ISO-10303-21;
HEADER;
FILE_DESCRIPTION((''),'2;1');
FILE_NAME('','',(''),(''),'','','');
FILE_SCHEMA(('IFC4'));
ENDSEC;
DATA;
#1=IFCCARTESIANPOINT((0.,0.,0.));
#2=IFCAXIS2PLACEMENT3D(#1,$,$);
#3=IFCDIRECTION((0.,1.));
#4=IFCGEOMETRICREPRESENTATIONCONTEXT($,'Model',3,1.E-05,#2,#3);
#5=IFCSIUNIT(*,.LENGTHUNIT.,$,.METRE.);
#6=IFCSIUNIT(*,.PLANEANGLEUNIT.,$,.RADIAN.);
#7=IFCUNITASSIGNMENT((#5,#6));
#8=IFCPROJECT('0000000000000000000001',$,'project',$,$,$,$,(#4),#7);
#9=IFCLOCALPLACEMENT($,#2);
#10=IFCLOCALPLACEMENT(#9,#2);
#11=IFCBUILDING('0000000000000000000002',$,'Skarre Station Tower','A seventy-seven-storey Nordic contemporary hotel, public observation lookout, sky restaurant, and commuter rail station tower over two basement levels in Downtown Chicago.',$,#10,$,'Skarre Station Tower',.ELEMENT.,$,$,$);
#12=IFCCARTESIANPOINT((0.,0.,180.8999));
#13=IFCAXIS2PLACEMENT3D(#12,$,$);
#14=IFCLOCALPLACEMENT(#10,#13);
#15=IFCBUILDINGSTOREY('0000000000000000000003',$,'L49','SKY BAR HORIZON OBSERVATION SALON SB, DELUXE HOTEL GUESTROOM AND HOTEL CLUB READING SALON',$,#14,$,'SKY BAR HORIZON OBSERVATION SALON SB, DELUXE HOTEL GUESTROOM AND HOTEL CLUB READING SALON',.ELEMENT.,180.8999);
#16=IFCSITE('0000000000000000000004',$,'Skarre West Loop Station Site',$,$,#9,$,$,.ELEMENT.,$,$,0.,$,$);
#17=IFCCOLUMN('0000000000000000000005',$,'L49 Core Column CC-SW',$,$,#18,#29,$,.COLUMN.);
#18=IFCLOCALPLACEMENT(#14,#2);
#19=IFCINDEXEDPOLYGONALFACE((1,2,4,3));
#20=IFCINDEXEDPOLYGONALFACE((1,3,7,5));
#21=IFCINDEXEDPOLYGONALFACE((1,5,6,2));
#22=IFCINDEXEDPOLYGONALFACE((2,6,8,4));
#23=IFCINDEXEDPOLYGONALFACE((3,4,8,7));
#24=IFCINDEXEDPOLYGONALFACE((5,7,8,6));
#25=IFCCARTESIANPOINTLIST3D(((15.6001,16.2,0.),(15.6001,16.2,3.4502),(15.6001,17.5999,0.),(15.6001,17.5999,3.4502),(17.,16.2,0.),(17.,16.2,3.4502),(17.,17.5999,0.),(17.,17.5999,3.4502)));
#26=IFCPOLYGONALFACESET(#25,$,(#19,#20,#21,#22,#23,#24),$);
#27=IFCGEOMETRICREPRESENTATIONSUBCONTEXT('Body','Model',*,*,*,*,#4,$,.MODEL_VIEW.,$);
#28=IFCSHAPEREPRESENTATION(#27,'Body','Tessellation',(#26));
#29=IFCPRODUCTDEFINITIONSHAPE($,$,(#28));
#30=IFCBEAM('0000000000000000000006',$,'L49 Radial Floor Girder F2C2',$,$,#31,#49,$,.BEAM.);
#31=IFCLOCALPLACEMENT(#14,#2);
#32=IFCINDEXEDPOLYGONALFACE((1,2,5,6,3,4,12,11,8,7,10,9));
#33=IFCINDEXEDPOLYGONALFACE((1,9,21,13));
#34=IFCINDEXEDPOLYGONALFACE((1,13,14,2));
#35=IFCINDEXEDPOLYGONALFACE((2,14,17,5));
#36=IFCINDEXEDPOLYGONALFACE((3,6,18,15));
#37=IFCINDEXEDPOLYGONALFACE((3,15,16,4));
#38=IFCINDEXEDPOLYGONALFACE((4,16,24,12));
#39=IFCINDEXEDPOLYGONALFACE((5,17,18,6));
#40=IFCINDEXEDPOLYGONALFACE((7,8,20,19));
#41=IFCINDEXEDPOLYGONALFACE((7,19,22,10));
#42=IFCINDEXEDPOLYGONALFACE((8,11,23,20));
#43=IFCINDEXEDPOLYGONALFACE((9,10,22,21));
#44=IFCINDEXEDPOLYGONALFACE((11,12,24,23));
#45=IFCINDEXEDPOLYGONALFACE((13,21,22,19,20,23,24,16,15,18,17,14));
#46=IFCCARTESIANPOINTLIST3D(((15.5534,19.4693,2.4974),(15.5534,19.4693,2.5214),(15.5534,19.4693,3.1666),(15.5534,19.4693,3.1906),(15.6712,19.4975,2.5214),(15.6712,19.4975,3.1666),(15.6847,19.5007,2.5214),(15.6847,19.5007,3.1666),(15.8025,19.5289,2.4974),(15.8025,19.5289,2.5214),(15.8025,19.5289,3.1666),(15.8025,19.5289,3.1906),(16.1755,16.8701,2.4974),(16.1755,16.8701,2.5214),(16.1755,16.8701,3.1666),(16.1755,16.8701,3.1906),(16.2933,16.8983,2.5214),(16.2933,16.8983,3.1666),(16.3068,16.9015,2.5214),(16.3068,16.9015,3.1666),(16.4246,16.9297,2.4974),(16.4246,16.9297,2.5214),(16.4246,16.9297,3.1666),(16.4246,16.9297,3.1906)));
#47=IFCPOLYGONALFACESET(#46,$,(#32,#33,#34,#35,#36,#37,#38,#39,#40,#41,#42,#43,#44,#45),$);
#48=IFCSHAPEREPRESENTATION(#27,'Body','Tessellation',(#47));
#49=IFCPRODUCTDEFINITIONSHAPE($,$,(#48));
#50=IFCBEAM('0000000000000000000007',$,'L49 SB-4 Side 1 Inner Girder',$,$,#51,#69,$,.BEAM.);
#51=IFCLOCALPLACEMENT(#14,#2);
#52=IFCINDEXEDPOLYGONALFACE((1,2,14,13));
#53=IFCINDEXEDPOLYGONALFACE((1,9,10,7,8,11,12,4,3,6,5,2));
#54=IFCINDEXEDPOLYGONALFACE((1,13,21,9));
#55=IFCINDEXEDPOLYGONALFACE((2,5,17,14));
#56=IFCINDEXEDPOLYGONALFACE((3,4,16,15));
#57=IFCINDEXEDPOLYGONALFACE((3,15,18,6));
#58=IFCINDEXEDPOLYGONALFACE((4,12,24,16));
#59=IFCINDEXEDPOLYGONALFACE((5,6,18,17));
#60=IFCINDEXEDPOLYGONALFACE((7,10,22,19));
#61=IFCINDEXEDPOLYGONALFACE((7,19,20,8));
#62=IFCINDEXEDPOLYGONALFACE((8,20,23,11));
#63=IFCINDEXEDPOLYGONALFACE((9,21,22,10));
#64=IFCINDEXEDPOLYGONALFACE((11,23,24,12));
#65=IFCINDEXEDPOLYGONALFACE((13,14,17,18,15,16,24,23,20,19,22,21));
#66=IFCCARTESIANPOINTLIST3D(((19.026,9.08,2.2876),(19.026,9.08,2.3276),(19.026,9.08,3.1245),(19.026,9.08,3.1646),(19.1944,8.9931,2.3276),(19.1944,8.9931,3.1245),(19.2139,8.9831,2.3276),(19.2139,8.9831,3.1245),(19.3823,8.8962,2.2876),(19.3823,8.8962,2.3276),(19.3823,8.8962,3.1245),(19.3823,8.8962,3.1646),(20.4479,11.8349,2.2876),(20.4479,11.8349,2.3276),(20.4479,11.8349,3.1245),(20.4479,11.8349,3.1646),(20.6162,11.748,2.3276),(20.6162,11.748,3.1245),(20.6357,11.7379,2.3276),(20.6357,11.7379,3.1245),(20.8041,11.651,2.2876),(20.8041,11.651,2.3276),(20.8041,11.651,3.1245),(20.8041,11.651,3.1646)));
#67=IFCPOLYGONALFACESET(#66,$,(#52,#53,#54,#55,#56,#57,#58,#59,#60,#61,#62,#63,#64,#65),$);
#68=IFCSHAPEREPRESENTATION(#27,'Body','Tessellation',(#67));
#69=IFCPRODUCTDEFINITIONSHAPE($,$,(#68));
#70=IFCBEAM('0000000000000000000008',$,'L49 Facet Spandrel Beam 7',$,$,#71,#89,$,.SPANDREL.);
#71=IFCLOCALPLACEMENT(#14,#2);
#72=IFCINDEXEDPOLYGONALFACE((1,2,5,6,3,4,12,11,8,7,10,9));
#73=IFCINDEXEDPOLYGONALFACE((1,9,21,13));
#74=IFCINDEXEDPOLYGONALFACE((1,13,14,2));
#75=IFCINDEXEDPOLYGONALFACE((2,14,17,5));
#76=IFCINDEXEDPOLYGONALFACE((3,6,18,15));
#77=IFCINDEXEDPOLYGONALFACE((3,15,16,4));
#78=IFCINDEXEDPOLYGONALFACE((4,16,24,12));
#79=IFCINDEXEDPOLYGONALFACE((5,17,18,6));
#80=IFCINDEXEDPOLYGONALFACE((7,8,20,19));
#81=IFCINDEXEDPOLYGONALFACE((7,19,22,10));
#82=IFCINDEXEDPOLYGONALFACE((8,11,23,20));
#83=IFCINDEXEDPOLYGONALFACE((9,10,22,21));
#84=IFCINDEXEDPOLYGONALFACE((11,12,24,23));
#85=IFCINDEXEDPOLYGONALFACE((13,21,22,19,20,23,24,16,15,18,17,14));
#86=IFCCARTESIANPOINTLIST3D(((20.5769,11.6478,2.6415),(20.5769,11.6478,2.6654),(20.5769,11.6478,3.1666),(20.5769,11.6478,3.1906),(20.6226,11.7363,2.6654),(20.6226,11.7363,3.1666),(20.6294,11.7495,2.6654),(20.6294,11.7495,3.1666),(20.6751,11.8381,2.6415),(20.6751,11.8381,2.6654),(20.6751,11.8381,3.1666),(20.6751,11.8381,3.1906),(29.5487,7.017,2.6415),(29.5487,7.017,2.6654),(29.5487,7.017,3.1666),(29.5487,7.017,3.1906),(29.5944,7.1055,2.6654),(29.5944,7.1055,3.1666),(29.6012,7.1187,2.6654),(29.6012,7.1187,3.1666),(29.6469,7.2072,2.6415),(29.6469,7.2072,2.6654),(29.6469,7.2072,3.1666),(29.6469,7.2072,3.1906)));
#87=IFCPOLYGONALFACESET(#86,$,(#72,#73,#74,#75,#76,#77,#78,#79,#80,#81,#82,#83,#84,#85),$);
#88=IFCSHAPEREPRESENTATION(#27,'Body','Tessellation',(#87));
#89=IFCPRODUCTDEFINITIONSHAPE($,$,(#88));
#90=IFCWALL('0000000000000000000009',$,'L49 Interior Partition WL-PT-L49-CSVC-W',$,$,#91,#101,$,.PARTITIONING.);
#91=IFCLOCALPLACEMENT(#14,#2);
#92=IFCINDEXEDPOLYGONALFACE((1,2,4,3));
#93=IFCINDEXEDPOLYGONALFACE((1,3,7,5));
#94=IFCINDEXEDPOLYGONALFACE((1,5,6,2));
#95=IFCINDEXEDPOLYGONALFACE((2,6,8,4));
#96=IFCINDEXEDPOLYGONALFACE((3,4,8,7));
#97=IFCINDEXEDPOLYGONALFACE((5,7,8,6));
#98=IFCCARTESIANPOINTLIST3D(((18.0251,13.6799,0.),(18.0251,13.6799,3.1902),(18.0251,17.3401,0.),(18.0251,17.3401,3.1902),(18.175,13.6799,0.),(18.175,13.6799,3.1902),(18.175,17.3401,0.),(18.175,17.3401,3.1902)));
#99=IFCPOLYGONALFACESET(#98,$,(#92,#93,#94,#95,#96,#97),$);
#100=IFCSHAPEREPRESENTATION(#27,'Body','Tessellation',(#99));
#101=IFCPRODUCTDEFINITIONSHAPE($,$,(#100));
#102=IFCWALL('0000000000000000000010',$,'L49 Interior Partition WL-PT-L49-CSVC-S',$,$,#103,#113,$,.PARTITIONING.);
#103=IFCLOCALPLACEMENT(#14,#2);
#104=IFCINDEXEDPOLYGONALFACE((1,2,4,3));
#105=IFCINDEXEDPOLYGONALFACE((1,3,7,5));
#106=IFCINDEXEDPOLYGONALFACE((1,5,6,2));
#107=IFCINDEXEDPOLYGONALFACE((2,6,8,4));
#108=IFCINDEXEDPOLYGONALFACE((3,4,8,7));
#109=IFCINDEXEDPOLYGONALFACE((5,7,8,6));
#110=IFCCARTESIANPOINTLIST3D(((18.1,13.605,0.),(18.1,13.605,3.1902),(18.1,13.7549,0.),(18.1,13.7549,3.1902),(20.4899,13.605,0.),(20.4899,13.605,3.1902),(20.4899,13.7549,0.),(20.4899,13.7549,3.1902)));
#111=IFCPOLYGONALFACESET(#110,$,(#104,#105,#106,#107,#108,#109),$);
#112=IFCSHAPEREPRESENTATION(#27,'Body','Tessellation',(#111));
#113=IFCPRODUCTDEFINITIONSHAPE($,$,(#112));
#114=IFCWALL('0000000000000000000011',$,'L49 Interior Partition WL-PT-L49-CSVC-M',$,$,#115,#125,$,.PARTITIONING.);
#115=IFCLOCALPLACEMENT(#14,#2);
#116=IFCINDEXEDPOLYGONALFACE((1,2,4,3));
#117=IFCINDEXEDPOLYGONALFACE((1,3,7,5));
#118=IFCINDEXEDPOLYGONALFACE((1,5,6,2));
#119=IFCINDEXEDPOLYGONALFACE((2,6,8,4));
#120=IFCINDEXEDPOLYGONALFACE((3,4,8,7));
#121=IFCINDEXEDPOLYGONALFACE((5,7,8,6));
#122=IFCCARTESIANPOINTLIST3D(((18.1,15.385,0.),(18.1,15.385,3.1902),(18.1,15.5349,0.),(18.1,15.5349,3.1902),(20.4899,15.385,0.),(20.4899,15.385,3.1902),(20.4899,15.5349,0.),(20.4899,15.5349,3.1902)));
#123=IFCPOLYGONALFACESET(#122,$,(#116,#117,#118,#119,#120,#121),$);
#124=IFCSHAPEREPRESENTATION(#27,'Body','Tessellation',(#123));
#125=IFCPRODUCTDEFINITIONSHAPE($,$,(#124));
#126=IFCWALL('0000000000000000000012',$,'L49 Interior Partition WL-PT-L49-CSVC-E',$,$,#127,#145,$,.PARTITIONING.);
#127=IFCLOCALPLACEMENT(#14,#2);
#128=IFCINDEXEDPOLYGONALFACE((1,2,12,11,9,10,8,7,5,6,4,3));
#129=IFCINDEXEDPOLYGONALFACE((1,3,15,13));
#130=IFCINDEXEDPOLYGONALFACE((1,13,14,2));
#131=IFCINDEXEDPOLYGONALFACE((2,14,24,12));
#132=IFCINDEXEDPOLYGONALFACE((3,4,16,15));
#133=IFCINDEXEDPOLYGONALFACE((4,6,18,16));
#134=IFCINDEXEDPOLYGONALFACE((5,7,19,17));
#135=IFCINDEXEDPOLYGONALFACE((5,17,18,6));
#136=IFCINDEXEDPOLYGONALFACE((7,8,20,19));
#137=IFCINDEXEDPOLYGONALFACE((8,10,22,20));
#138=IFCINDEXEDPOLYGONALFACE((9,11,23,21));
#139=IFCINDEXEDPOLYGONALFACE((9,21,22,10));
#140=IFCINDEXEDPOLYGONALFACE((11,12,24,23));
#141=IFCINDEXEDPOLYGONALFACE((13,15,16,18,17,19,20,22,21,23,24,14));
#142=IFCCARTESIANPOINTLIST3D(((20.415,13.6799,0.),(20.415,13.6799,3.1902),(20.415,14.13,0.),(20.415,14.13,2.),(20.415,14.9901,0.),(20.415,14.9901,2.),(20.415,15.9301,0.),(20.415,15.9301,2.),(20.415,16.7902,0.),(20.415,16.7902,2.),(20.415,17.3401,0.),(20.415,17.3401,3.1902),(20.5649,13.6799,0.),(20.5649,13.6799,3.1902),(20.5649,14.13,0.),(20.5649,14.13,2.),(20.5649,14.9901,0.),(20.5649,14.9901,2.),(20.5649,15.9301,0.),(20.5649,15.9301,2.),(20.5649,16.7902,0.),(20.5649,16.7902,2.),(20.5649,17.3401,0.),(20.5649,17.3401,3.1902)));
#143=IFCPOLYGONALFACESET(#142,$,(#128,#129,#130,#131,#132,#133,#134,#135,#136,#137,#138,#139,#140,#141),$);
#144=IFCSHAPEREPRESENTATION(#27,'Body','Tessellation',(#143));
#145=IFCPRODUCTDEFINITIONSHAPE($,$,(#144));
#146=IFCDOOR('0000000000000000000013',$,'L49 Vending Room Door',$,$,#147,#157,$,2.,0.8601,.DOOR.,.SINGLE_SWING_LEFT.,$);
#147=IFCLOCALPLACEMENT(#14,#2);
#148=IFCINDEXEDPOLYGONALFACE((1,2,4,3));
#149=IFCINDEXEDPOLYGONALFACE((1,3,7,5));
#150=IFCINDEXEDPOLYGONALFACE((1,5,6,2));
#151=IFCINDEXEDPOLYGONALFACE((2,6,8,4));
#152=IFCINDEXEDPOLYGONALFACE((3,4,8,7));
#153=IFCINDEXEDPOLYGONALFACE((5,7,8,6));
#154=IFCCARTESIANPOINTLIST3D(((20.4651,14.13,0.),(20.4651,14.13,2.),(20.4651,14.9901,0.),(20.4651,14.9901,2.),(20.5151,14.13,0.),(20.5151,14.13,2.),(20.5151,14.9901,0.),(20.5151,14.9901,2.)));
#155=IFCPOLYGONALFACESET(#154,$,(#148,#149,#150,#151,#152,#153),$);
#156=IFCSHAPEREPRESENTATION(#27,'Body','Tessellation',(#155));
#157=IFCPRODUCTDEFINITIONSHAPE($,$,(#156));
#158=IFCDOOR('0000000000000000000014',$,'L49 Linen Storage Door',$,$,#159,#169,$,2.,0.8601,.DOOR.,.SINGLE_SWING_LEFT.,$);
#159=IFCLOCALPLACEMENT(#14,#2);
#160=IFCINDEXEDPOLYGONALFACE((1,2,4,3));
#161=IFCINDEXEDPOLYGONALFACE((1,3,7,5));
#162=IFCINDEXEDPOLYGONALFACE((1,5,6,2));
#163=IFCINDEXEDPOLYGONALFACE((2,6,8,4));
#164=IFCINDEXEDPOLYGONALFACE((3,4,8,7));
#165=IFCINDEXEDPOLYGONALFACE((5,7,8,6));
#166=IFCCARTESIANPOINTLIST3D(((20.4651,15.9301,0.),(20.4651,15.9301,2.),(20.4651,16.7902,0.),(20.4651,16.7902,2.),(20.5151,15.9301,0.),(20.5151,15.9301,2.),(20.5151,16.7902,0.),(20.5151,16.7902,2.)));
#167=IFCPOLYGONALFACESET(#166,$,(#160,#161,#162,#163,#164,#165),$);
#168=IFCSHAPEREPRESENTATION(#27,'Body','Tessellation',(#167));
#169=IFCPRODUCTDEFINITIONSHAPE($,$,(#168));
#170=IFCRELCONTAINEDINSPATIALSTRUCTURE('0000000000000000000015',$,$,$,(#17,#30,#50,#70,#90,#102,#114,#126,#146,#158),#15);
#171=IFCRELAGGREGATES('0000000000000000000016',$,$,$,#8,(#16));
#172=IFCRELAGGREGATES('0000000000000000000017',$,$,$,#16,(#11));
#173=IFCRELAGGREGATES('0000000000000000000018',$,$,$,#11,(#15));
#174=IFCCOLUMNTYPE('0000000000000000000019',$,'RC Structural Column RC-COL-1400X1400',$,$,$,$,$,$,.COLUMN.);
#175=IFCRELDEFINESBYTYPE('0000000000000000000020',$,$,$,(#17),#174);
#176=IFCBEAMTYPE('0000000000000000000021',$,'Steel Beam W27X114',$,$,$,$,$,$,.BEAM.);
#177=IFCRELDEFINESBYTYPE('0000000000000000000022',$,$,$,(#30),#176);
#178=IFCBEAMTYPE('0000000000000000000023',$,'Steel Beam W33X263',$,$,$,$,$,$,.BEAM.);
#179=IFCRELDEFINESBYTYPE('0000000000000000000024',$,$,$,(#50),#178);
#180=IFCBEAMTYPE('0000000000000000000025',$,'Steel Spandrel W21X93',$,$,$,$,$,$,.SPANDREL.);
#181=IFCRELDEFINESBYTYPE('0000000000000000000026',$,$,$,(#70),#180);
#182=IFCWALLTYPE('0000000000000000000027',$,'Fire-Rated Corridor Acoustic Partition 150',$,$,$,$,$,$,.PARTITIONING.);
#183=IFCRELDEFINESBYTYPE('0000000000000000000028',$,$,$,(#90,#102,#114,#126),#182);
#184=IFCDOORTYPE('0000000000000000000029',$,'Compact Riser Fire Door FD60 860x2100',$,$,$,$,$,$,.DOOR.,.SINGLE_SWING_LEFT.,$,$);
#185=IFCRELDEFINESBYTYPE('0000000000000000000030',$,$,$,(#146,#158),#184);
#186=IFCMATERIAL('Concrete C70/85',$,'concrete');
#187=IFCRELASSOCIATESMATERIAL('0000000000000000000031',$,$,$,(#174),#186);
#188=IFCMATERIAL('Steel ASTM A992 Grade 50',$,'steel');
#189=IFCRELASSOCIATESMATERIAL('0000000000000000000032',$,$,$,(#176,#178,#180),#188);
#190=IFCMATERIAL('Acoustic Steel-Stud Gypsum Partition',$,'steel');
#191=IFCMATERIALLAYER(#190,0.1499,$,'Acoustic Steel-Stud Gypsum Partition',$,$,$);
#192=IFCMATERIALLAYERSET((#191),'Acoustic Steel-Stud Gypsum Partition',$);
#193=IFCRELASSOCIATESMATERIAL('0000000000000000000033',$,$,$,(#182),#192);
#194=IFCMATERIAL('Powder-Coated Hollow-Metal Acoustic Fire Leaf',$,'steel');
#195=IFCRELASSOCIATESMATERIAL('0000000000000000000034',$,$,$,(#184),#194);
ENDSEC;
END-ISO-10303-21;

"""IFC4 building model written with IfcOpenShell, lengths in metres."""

from ifc_helpers import new_model, si_unit, direction, frame, frame_2d, origin, origin_2d, place, context, subcontext, project, spatial, rectangle, i_section, extrude, material, layer, layer_set, material_profile, profile_set, type_object, element, fill, save


model = new_model("IFC4")

# Units and contexts
model_context = context("Model", 3, precision=1e-05, world=origin(), true_north=direction((0.0, 1.0)))
body_context = subcontext(model_context, "Body", "Model", "MODEL_VIEW")
ifc_project = project(units=[si_unit("LENGTHUNIT", "METRE"), si_unit("PLANEANGLEUNIT", "RADIAN")], contexts=[model_context])

# Site, building, storey
site_placement = place(None, origin())
site = spatial("IfcSite", under=ifc_project, at=site_placement, Name="Skarre West Loop Station Site", CompositionType="ELEMENT", RefElevation=0.0)
building_placement = place(site_placement, origin())
building = spatial("IfcBuilding", under=site, at=building_placement, Name="Skarre Station Tower", Description="A seventy-seven-storey Nordic contemporary hotel, public observation lookout, sky restaurant, and commuter rail station tower over two basement levels in Downtown Chicago.", LongName="Skarre Station Tower", CompositionType="ELEMENT")
storey_placement = place(building_placement, frame((0.0, 0.0, 180.8999)))
storey = spatial("IfcBuildingStorey", under=building, at=storey_placement, Name="L49", Description="SKY BAR HORIZON OBSERVATION SALON SB, DELUXE HOTEL GUESTROOM AND HOTEL CLUB READING SALON", LongName="SKY BAR HORIZON OBSERVATION SALON SB, DELUXE HOTEL GUESTROOM AND HOTEL CLUB READING SALON", CompositionType="ELEMENT", Elevation=180.8999)

# Column
ifc_material_1 = material(Name="Concrete C70/85", Category="concrete")
ifc_material_profile_1 = material_profile(ifc_material_1, rectangle(XDim=1.3999, YDim=1.3999, at=origin_2d()), Name="Concrete C70/85")
ifc_profile_set_1 = profile_set([ifc_material_profile_1], Name="Concrete C70/85")
column_type = type_object("IfcColumnType", Name="RC Structural Column RC-COL-1400X1400", PredefinedType="COLUMN", material=ifc_profile_set_1)
column_placement = place(storey_placement, frame((16.3, 16.8999, 0.0), z_axis=(0.0, 0.0, 1.0), x_axis=(1.0, 0.0, 0.0)))
element("IfcColumn", 1, at=column_placement, inside=storey, type_object=column_type, Name="L49 Core Column CC-SW", PredefinedType="COLUMN", context=body_context, shape_type="SweptSolid", body=[
    extrude(rectangle(XDim=1.3999, YDim=1.3999, at=origin_2d()), origin(), (0.0, 0.0, 1.0), 3.4502),
])

# Beams
ifc_material_2 = material(Name="Steel ASTM A992 Grade 50", Category="steel")
ifc_material_profile_2 = material_profile(ifc_material_2, i_section(OverallWidth=0.2561, OverallDepth=0.6931, WebThickness=0.0139, FlangeThickness=0.0239, at=origin_2d()), Name="Steel ASTM A992 Grade 50")
ifc_profile_set_2 = profile_set([ifc_material_profile_2], Name="Steel ASTM A992 Grade 50")
beam_type_1 = type_object("IfcBeamType", Name="Steel Beam W27X114", PredefinedType="BEAM", material=ifc_profile_set_2)
beam_1_placement = place(storey_placement, frame((16.3, 16.8999, 2.844), z_axis=(-0.232765, 0.972533, 0.0), x_axis=(-0.972533, -0.232765, 0.0)))
element("IfcBeam", 2, at=beam_1_placement, inside=storey, type_object=beam_type_1, Name="L49 Radial Floor Girder F2C2", PredefinedType="BEAM", context=body_context, shape_type="SweptSolid", body=[
    extrude(i_section(OverallWidth=0.2561, OverallDepth=0.6931, WebThickness=0.0139, FlangeThickness=0.0239, at=origin_2d()), origin(), (0.0, 0.0, 1.0), 2.6726),
])
ifc_material_profile_3 = material_profile(ifc_material_2, i_section(OverallWidth=0.4009, OverallDepth=0.877, WebThickness=0.022, FlangeThickness=0.04, at=origin_2d()), Name="Steel ASTM A992 Grade 50")
ifc_profile_set_3 = profile_set([ifc_material_profile_3], Name="Steel ASTM A992 Grade 50")
beam_type_2 = type_object("IfcBeamType", Name="Steel Beam W33X263", PredefinedType="BEAM", material=ifc_profile_set_3)
beam_2_placement = place(storey_placement, frame((20.626, 11.7429, 2.7261), z_axis=(-0.458643, -0.888621, 0.0), x_axis=(0.888621, -0.458643, 0.0)))
element("IfcBeam", 3, at=beam_2_placement, inside=storey, type_object=beam_type_2, Name="L49 SB-4 Side 1 Inner Girder", PredefinedType="BEAM", context=body_context, shape_type="SweptSolid", body=[
    extrude(i_section(OverallWidth=0.4009, OverallDepth=0.877, WebThickness=0.022, FlangeThickness=0.04, at=origin_2d()), origin(), (0.0, 0.0, 1.0), 3.1001),
])
ifc_material_profile_4 = material_profile(ifc_material_2, i_section(OverallWidth=0.2141, OverallDepth=0.5491, WebThickness=0.0149, FlangeThickness=0.0239, at=origin_2d()), Name="Steel ASTM A992 Grade 50")
ifc_profile_set_4 = profile_set([ifc_material_profile_4], Name="Steel ASTM A992 Grade 50")
beam_type_3 = type_object("IfcBeamType", Name="Steel Spandrel W21X93", PredefinedType="SPANDREL", material=ifc_profile_set_4)
beam_3_placement = place(storey_placement, frame((20.626, 11.7429, 2.916), z_axis=(0.888613, -0.458658, 0.0), x_axis=(0.458658, 0.888613, 0.0)))
element("IfcBeam", 4, at=beam_3_placement, inside=storey, type_object=beam_type_3, Name="L49 Facet Spandrel Beam 7", PredefinedType="SPANDREL", context=body_context, shape_type="SweptSolid", body=[
    extrude(i_section(OverallWidth=0.2141, OverallDepth=0.5491, WebThickness=0.0149, FlangeThickness=0.0239, at=origin_2d()), origin(), (0.0, 0.0, 1.0), 10.0964),
])

# Walls
ifc_material_3 = material(Name="Acoustic Steel-Stud Gypsum Partition", Category="steel")
ifc_layer_1 = layer(ifc_material_3, 0.1499, Name="Acoustic Steel-Stud Gypsum Partition")
ifc_layer_set_1 = layer_set([ifc_layer_1], Name="Acoustic Steel-Stud Gypsum Partition")
wall_type_1 = type_object("IfcWallType", Name="Fire-Rated Corridor Acoustic Partition 150", PredefinedType="PARTITIONING", material=ifc_layer_set_1)
wall_1_placement = place(storey_placement, frame((18.1001, 17.3401, 0.0), z_axis=(0.0, 0.0, 1.0), x_axis=(0.0, -1.0, 0.0)))
element("IfcWall", 5, at=wall_1_placement, inside=storey, type_object=wall_type_1, Name="L49 Interior Partition WL-PT-L49-CSVC-W", PredefinedType="PARTITIONING", context=body_context, shape_type="SweptSolid", body=[
    extrude(rectangle(XDim=3.6602, YDim=0.1499, at=frame_2d((1.8301, 0.0))), origin(), (0.0, 0.0, 1.0), 3.1902),
])
for number, where, z_axis, x_axis, name in (
    (6, (18.1001, 13.6799, 0.0), (0.0, 0.0, 1.0), (1.0, 0.0, 0.0), "L49 Interior Partition WL-PT-L49-CSVC-S"),
    (7, (18.1001, 15.46, 0.0), (0.0, 0.0, 1.0), (1.0, 0.0, 0.0), "L49 Interior Partition WL-PT-L49-CSVC-M"),
):
    element("IfcWall", number, at=place(storey_placement, frame(where, z_axis=z_axis, x_axis=x_axis)), inside=storey, type_object=wall_type_1, Name=name, PredefinedType="PARTITIONING", context=body_context, shape_type="SweptSolid", body=[
        extrude(rectangle(XDim=2.3899, YDim=0.1499, at=frame_2d((1.1948, 0.0))), origin(), (0.0, 0.0, 1.0), 3.1902),
    ])

# Wall, openings, doors
wall_2_placement = place(storey_placement, frame((20.49, 13.6799, 0.0), z_axis=(0.0, 0.0, 1.0), x_axis=(0.0, 1.0, 0.0)))
wall_2 = element("IfcWall", 8, at=wall_2_placement, inside=storey, type_object=wall_type_1, Name="L49 Interior Partition WL-PT-L49-CSVC-E", PredefinedType="PARTITIONING", context=body_context, shape_type="SweptSolid", body=[
    extrude(rectangle(XDim=3.6602, YDim=0.1499, at=frame_2d((1.8301, 0.0))), origin(), (0.0, 0.0, 1.0), 3.1902),
])
opening_1_placement = place(wall_2_placement, frame((0.45, 0.0, 0.0)))
opening_1 = element("IfcOpeningElement", 9, at=opening_1_placement, cuts=wall_2, PredefinedType="OPENING", context=body_context, shape_type="SweptSolid", body=[
    extrude(rectangle(XDim=0.8601, YDim=2.0, at=frame_2d((0.4302, 1.0))), frame((0.0, 0.085, 0.0), z_axis=(0.0, -1.0, 0.0), x_axis=(1.0, 0.0, 0.0)), (0.0, 0.0, 1.0), 0.1699),
])
opening_2_placement = place(wall_2_placement, frame((2.25, 0.0, 0.0)))
opening_2 = element("IfcOpeningElement", 10, at=opening_2_placement, cuts=wall_2, PredefinedType="OPENING", context=body_context, shape_type="SweptSolid", body=[
    extrude(rectangle(XDim=0.8601, YDim=2.0, at=frame_2d((0.4302, 1.0))), frame((0.0, 0.085, 0.0), z_axis=(0.0, -1.0, 0.0), x_axis=(1.0, 0.0, 0.0)), (0.0, 0.0, 1.0), 0.1699),
])
ifc_material_4 = material(Name="Powder-Coated Hollow-Metal Acoustic Fire Leaf", Category="steel")
door_type_1 = type_object("IfcDoorType", Name="Compact Riser Fire Door FD60 860x2100", OperationType="SINGLE_SWING_LEFT", PredefinedType="DOOR", material=ifc_material_4)
door_1_placement = place(opening_1_placement, origin())
door_1 = element("IfcDoor", 11, at=door_1_placement, inside=storey, type_object=door_type_1, Name="L49 Vending Room Door", OperationType="SINGLE_SWING_LEFT", OverallHeight=2.0, OverallWidth=0.8601, PredefinedType="DOOR", context=body_context, shape_type="SweptSolid", body=[
    extrude(rectangle(XDim=0.8601, YDim=2.0, at=frame_2d((0.4302, 1.0))), frame((0.0, 0.0249, 0.0), z_axis=(0.0, -1.0, 0.0), x_axis=(1.0, 0.0, 0.0)), (0.0, 0.0, 1.0), 0.05),
])
fill(opening_1, door_1)
door_2_placement = place(opening_2_placement, origin())
door_2 = element("IfcDoor", 12, at=door_2_placement, inside=storey, type_object=door_type_1, Name="L49 Linen Storage Door", OperationType="SINGLE_SWING_LEFT", OverallHeight=2.0, OverallWidth=0.8601, PredefinedType="DOOR", context=body_context, shape_type="SweptSolid", body=[
    extrude(rectangle(XDim=0.8601, YDim=2.0, at=frame_2d((0.4302, 1.0))), frame((0.0, 0.0249, 0.0), z_axis=(0.0, -1.0, 0.0), x_axis=(1.0, 0.0, 0.0)), (0.0, 0.0, 1.0), 0.05),
])
fill(opening_2, door_2)

save(model, "model.ifc")
